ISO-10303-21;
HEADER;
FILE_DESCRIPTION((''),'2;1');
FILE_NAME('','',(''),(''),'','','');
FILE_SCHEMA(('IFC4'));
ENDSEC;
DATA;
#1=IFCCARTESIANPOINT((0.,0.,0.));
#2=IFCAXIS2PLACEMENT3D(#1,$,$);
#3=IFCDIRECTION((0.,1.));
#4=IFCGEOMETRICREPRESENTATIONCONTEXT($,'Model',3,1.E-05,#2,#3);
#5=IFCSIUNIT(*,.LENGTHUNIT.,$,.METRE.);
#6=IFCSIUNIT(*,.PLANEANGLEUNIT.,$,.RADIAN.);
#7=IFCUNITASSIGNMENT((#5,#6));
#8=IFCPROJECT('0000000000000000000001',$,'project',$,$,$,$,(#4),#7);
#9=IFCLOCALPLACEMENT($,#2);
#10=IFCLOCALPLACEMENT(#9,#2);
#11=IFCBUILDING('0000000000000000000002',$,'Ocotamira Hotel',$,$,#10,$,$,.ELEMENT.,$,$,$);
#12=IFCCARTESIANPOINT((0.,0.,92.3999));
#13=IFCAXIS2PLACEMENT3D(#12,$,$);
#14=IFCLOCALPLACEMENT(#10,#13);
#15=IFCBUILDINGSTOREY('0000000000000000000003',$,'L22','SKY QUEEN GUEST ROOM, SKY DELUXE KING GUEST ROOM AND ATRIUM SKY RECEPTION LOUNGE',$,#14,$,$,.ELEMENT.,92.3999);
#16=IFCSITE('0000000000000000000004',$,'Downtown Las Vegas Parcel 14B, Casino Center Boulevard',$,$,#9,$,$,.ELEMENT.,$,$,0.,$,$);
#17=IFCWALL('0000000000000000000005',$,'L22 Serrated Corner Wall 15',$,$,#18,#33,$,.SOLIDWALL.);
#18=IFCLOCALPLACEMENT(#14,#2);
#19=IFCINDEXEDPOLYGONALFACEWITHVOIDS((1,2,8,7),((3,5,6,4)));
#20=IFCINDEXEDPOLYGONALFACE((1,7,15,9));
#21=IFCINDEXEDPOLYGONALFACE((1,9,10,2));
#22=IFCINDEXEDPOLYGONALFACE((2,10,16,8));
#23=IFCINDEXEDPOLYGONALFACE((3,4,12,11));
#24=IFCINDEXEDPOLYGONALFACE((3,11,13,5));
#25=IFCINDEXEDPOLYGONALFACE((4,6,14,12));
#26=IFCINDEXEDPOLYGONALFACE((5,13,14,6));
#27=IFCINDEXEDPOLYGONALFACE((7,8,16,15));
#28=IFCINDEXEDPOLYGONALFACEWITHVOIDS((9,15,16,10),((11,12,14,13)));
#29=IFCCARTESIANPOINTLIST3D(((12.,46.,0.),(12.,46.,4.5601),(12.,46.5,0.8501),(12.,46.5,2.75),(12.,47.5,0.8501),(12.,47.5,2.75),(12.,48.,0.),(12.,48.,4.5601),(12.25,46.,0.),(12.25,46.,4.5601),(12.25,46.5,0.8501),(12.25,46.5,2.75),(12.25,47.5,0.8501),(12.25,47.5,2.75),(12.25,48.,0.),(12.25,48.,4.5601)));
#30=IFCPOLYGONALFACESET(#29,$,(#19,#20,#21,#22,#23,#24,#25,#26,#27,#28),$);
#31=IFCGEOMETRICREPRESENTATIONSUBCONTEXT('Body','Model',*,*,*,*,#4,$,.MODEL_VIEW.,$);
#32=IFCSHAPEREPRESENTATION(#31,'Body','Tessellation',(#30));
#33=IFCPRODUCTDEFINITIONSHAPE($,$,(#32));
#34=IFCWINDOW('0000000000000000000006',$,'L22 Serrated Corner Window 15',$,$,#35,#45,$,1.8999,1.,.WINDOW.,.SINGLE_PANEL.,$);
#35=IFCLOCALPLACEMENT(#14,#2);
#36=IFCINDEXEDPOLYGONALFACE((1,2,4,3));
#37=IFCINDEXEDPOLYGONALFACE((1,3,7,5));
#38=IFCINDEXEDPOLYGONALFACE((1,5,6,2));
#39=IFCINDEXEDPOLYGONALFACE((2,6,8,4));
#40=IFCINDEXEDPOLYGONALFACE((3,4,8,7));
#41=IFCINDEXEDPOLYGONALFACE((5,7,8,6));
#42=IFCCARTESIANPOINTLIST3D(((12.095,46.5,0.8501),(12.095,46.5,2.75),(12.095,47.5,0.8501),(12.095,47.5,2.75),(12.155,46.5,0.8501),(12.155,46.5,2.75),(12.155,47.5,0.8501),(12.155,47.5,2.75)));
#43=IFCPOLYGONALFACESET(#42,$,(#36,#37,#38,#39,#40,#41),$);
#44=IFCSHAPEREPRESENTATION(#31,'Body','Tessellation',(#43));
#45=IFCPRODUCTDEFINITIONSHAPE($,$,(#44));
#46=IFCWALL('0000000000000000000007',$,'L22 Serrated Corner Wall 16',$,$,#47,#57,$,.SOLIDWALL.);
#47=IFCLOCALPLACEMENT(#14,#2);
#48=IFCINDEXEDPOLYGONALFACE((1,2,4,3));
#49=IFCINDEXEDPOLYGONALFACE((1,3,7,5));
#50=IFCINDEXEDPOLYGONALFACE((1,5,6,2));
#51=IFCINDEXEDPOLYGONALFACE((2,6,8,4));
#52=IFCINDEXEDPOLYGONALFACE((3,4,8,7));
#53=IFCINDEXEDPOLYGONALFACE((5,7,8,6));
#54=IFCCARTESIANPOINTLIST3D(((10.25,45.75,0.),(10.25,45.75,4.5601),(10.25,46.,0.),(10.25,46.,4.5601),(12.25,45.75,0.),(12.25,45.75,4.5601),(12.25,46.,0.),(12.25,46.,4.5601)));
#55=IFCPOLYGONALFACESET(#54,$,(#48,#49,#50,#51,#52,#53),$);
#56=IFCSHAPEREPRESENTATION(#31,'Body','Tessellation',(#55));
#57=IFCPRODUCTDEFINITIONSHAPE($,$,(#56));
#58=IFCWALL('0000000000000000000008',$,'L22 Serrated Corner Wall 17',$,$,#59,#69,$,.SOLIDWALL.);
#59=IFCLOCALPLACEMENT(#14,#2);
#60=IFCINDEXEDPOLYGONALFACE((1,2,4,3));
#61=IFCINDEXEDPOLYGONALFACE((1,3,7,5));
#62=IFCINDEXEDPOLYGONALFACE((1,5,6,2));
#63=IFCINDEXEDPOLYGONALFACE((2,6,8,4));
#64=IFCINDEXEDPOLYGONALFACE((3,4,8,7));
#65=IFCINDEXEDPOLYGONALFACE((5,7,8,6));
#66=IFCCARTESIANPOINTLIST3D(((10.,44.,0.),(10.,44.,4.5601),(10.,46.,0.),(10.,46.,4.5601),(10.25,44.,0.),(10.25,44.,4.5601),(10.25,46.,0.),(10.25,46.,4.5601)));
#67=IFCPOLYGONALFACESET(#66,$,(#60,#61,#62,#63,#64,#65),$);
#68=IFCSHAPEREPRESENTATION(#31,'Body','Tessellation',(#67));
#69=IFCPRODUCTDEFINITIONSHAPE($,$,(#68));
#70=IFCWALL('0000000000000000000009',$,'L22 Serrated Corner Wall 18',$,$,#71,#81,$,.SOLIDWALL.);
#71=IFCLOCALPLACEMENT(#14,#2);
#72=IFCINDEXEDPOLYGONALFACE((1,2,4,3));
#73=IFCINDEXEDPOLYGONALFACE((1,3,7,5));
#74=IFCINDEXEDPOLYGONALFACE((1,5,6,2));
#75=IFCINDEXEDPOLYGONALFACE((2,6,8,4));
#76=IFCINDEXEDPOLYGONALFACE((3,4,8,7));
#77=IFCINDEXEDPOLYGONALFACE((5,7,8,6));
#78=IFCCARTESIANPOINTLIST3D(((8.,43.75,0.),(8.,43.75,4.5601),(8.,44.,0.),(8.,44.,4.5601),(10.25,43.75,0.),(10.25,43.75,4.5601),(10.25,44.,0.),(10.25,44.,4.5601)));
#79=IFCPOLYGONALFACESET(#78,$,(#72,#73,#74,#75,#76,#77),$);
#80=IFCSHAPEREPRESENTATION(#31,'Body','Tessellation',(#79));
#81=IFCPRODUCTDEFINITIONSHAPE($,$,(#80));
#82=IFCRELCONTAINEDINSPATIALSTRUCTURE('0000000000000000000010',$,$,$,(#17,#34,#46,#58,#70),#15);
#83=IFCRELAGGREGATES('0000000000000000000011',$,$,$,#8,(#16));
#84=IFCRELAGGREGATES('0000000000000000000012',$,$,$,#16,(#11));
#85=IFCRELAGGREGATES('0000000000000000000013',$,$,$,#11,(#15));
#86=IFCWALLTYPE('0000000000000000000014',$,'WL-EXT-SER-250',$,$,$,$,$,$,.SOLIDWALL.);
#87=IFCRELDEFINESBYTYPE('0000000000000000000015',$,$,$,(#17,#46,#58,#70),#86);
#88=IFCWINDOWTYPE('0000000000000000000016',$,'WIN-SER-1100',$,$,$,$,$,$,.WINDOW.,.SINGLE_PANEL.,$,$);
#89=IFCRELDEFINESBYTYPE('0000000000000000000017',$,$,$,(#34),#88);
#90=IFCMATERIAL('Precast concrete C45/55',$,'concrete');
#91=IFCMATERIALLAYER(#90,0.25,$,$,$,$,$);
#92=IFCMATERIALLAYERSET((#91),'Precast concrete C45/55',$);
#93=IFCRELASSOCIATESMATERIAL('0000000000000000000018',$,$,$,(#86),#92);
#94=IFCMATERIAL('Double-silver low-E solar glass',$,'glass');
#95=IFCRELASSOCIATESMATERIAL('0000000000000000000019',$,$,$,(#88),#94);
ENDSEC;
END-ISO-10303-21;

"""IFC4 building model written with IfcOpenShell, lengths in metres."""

from ifc_helpers import new_model, si_unit, direction, frame, frame_2d, origin, place, context, subcontext, project, spatial, rectangle, extrude, source, transform, mapped, material, layer, layer_set, type_object, element, fill, save


model = new_model("IFC4")

# Units and contexts
model_context = context("Model", 3, precision=1e-05, world=origin(), true_north=direction((0.0, 1.0)))
body_context = subcontext(model_context, "Body", "Model", "MODEL_VIEW")
ifc_project = project(units=[si_unit("LENGTHUNIT", "METRE"), si_unit("PLANEANGLEUNIT", "RADIAN")], contexts=[model_context])

# Site, building, storey
site_placement = place(None, origin())
site = spatial("IfcSite", under=ifc_project, at=site_placement, Name="Downtown Las Vegas Parcel 14B, Casino Center Boulevard", CompositionType="ELEMENT", RefElevation=0.0)
building_placement = place(site_placement, origin())
building = spatial("IfcBuilding", under=site, at=building_placement, Name="Ocotamira Hotel", CompositionType="ELEMENT")
storey_placement = place(building_placement, frame((0.0, 0.0, 92.3999)))
storey = spatial("IfcBuildingStorey", under=building, at=storey_placement, Name="L22", Description="SKY QUEEN GUEST ROOM, SKY DELUXE KING GUEST ROOM AND ATRIUM SKY RECEPTION LOUNGE", CompositionType="ELEMENT", Elevation=92.3999)

# Shared definitions
ifc_material_1 = material(Name="Precast concrete C45/55", Category="concrete")
ifc_layer_1 = layer(ifc_material_1, 0.25)
ifc_layer_set_1 = layer_set([ifc_layer_1], Name="Precast concrete C45/55")
wall_type = type_object("IfcWallType", Name="WL-EXT-SER-250", PredefinedType="SOLIDWALL", material=ifc_layer_set_1)

# Wall, opening, window
wall_1_placement = place(storey_placement, frame((12.125, 48.0, 0.0), z_axis=(0.0, 0.0, 1.0), x_axis=(0.0, -1.0, 0.0)))
wall_1 = element("IfcWall", 1, at=wall_1_placement, inside=storey, type_object=wall_type, Name="L22 Serrated Corner Wall 15", PredefinedType="SOLIDWALL", context=body_context, shape_type="SweptSolid", body=[
    extrude(rectangle(XDim=2.0, YDim=0.25, at=frame_2d((1.0, 0.0))), origin(), (0.0, 0.0, 1.0), 4.5601),
])
opening_placement = place(wall_1_placement, frame((0.5, 0.0, 0.8501)))
opening = element("IfcOpeningElement", 2, at=opening_placement, cuts=wall_1, PredefinedType="OPENING", context=body_context, shape_type="SweptSolid", body=[
    extrude(rectangle(XDim=1.0, YDim=1.8999, at=frame_2d((0.5, 0.95))), frame((0.0, 0.135, 0.0), z_axis=(0.0, -1.0, 0.0), x_axis=(1.0, 0.0, 0.0)), (0.0, 0.0, 1.0), 0.27),
])
ifc_material_2 = material(Name="Double-silver low-E solar glass", Category="glass")
window_type = type_object("IfcWindowType", Name="WIN-SER-1100", PartitioningType="SINGLE_PANEL", PredefinedType="WINDOW", material=ifc_material_2)
shared_shape_1 = source(origin(), body_context, "Body", "SweptSolid", [
    extrude(rectangle(XDim=1.0, YDim=1.8999, at=frame_2d((0.5, 0.95))), frame((0.0, 0.03, 0.0), z_axis=(0.0, -1.0, 0.0), x_axis=(1.0, 0.0, 0.0)), (0.0, 0.0, 1.0), 0.0601),
])
window_placement = place(opening_placement, origin())
window = element("IfcWindow", 3, at=window_placement, inside=storey, type_object=window_type, Name="L22 Serrated Corner Window 15", OverallHeight=1.8999, OverallWidth=1.0, PartitioningType="SINGLE_PANEL", PredefinedType="WINDOW", context=body_context, shape_type="MappedRepresentation", body=[
    mapped(shared_shape_1, transform((0.0, 0.0, 0.0), scale=1.0)),
])
fill(opening, window)

# Walls
for number, where, z_axis, x_axis, name in (
    (4, (12.25, 45.875, 0.0), (0.0, 0.0, 1.0), (-1.0, 0.0, 0.0), "L22 Serrated Corner Wall 16"),
    (5, (10.125, 46.0, 0.0), (0.0, 0.0, 1.0), (0.0, -1.0, 0.0), "L22 Serrated Corner Wall 17"),
):
    element("IfcWall", number, at=place(storey_placement, frame(where, z_axis=z_axis, x_axis=x_axis)), inside=storey, type_object=wall_type, Name=name, PredefinedType="SOLIDWALL", context=body_context, shape_type="SweptSolid", body=[
        extrude(rectangle(XDim=2.0, YDim=0.25, at=frame_2d((1.0, 0.0))), origin(), (0.0, 0.0, 1.0), 4.5601),
    ])
wall_2_placement = place(storey_placement, frame((10.25, 43.875, 0.0), z_axis=(0.0, 0.0, 1.0), x_axis=(-1.0, 0.0, 0.0)))
element("IfcWall", 6, at=wall_2_placement, inside=storey, type_object=wall_type, Name="L22 Serrated Corner Wall 18", PredefinedType="SOLIDWALL", context=body_context, shape_type="SweptSolid", body=[
    extrude(rectangle(XDim=2.25, YDim=0.25, at=frame_2d((1.125, 0.0))), origin(), (0.0, 0.0, 1.0), 4.5601),
])

save(model, "model.ifc")
